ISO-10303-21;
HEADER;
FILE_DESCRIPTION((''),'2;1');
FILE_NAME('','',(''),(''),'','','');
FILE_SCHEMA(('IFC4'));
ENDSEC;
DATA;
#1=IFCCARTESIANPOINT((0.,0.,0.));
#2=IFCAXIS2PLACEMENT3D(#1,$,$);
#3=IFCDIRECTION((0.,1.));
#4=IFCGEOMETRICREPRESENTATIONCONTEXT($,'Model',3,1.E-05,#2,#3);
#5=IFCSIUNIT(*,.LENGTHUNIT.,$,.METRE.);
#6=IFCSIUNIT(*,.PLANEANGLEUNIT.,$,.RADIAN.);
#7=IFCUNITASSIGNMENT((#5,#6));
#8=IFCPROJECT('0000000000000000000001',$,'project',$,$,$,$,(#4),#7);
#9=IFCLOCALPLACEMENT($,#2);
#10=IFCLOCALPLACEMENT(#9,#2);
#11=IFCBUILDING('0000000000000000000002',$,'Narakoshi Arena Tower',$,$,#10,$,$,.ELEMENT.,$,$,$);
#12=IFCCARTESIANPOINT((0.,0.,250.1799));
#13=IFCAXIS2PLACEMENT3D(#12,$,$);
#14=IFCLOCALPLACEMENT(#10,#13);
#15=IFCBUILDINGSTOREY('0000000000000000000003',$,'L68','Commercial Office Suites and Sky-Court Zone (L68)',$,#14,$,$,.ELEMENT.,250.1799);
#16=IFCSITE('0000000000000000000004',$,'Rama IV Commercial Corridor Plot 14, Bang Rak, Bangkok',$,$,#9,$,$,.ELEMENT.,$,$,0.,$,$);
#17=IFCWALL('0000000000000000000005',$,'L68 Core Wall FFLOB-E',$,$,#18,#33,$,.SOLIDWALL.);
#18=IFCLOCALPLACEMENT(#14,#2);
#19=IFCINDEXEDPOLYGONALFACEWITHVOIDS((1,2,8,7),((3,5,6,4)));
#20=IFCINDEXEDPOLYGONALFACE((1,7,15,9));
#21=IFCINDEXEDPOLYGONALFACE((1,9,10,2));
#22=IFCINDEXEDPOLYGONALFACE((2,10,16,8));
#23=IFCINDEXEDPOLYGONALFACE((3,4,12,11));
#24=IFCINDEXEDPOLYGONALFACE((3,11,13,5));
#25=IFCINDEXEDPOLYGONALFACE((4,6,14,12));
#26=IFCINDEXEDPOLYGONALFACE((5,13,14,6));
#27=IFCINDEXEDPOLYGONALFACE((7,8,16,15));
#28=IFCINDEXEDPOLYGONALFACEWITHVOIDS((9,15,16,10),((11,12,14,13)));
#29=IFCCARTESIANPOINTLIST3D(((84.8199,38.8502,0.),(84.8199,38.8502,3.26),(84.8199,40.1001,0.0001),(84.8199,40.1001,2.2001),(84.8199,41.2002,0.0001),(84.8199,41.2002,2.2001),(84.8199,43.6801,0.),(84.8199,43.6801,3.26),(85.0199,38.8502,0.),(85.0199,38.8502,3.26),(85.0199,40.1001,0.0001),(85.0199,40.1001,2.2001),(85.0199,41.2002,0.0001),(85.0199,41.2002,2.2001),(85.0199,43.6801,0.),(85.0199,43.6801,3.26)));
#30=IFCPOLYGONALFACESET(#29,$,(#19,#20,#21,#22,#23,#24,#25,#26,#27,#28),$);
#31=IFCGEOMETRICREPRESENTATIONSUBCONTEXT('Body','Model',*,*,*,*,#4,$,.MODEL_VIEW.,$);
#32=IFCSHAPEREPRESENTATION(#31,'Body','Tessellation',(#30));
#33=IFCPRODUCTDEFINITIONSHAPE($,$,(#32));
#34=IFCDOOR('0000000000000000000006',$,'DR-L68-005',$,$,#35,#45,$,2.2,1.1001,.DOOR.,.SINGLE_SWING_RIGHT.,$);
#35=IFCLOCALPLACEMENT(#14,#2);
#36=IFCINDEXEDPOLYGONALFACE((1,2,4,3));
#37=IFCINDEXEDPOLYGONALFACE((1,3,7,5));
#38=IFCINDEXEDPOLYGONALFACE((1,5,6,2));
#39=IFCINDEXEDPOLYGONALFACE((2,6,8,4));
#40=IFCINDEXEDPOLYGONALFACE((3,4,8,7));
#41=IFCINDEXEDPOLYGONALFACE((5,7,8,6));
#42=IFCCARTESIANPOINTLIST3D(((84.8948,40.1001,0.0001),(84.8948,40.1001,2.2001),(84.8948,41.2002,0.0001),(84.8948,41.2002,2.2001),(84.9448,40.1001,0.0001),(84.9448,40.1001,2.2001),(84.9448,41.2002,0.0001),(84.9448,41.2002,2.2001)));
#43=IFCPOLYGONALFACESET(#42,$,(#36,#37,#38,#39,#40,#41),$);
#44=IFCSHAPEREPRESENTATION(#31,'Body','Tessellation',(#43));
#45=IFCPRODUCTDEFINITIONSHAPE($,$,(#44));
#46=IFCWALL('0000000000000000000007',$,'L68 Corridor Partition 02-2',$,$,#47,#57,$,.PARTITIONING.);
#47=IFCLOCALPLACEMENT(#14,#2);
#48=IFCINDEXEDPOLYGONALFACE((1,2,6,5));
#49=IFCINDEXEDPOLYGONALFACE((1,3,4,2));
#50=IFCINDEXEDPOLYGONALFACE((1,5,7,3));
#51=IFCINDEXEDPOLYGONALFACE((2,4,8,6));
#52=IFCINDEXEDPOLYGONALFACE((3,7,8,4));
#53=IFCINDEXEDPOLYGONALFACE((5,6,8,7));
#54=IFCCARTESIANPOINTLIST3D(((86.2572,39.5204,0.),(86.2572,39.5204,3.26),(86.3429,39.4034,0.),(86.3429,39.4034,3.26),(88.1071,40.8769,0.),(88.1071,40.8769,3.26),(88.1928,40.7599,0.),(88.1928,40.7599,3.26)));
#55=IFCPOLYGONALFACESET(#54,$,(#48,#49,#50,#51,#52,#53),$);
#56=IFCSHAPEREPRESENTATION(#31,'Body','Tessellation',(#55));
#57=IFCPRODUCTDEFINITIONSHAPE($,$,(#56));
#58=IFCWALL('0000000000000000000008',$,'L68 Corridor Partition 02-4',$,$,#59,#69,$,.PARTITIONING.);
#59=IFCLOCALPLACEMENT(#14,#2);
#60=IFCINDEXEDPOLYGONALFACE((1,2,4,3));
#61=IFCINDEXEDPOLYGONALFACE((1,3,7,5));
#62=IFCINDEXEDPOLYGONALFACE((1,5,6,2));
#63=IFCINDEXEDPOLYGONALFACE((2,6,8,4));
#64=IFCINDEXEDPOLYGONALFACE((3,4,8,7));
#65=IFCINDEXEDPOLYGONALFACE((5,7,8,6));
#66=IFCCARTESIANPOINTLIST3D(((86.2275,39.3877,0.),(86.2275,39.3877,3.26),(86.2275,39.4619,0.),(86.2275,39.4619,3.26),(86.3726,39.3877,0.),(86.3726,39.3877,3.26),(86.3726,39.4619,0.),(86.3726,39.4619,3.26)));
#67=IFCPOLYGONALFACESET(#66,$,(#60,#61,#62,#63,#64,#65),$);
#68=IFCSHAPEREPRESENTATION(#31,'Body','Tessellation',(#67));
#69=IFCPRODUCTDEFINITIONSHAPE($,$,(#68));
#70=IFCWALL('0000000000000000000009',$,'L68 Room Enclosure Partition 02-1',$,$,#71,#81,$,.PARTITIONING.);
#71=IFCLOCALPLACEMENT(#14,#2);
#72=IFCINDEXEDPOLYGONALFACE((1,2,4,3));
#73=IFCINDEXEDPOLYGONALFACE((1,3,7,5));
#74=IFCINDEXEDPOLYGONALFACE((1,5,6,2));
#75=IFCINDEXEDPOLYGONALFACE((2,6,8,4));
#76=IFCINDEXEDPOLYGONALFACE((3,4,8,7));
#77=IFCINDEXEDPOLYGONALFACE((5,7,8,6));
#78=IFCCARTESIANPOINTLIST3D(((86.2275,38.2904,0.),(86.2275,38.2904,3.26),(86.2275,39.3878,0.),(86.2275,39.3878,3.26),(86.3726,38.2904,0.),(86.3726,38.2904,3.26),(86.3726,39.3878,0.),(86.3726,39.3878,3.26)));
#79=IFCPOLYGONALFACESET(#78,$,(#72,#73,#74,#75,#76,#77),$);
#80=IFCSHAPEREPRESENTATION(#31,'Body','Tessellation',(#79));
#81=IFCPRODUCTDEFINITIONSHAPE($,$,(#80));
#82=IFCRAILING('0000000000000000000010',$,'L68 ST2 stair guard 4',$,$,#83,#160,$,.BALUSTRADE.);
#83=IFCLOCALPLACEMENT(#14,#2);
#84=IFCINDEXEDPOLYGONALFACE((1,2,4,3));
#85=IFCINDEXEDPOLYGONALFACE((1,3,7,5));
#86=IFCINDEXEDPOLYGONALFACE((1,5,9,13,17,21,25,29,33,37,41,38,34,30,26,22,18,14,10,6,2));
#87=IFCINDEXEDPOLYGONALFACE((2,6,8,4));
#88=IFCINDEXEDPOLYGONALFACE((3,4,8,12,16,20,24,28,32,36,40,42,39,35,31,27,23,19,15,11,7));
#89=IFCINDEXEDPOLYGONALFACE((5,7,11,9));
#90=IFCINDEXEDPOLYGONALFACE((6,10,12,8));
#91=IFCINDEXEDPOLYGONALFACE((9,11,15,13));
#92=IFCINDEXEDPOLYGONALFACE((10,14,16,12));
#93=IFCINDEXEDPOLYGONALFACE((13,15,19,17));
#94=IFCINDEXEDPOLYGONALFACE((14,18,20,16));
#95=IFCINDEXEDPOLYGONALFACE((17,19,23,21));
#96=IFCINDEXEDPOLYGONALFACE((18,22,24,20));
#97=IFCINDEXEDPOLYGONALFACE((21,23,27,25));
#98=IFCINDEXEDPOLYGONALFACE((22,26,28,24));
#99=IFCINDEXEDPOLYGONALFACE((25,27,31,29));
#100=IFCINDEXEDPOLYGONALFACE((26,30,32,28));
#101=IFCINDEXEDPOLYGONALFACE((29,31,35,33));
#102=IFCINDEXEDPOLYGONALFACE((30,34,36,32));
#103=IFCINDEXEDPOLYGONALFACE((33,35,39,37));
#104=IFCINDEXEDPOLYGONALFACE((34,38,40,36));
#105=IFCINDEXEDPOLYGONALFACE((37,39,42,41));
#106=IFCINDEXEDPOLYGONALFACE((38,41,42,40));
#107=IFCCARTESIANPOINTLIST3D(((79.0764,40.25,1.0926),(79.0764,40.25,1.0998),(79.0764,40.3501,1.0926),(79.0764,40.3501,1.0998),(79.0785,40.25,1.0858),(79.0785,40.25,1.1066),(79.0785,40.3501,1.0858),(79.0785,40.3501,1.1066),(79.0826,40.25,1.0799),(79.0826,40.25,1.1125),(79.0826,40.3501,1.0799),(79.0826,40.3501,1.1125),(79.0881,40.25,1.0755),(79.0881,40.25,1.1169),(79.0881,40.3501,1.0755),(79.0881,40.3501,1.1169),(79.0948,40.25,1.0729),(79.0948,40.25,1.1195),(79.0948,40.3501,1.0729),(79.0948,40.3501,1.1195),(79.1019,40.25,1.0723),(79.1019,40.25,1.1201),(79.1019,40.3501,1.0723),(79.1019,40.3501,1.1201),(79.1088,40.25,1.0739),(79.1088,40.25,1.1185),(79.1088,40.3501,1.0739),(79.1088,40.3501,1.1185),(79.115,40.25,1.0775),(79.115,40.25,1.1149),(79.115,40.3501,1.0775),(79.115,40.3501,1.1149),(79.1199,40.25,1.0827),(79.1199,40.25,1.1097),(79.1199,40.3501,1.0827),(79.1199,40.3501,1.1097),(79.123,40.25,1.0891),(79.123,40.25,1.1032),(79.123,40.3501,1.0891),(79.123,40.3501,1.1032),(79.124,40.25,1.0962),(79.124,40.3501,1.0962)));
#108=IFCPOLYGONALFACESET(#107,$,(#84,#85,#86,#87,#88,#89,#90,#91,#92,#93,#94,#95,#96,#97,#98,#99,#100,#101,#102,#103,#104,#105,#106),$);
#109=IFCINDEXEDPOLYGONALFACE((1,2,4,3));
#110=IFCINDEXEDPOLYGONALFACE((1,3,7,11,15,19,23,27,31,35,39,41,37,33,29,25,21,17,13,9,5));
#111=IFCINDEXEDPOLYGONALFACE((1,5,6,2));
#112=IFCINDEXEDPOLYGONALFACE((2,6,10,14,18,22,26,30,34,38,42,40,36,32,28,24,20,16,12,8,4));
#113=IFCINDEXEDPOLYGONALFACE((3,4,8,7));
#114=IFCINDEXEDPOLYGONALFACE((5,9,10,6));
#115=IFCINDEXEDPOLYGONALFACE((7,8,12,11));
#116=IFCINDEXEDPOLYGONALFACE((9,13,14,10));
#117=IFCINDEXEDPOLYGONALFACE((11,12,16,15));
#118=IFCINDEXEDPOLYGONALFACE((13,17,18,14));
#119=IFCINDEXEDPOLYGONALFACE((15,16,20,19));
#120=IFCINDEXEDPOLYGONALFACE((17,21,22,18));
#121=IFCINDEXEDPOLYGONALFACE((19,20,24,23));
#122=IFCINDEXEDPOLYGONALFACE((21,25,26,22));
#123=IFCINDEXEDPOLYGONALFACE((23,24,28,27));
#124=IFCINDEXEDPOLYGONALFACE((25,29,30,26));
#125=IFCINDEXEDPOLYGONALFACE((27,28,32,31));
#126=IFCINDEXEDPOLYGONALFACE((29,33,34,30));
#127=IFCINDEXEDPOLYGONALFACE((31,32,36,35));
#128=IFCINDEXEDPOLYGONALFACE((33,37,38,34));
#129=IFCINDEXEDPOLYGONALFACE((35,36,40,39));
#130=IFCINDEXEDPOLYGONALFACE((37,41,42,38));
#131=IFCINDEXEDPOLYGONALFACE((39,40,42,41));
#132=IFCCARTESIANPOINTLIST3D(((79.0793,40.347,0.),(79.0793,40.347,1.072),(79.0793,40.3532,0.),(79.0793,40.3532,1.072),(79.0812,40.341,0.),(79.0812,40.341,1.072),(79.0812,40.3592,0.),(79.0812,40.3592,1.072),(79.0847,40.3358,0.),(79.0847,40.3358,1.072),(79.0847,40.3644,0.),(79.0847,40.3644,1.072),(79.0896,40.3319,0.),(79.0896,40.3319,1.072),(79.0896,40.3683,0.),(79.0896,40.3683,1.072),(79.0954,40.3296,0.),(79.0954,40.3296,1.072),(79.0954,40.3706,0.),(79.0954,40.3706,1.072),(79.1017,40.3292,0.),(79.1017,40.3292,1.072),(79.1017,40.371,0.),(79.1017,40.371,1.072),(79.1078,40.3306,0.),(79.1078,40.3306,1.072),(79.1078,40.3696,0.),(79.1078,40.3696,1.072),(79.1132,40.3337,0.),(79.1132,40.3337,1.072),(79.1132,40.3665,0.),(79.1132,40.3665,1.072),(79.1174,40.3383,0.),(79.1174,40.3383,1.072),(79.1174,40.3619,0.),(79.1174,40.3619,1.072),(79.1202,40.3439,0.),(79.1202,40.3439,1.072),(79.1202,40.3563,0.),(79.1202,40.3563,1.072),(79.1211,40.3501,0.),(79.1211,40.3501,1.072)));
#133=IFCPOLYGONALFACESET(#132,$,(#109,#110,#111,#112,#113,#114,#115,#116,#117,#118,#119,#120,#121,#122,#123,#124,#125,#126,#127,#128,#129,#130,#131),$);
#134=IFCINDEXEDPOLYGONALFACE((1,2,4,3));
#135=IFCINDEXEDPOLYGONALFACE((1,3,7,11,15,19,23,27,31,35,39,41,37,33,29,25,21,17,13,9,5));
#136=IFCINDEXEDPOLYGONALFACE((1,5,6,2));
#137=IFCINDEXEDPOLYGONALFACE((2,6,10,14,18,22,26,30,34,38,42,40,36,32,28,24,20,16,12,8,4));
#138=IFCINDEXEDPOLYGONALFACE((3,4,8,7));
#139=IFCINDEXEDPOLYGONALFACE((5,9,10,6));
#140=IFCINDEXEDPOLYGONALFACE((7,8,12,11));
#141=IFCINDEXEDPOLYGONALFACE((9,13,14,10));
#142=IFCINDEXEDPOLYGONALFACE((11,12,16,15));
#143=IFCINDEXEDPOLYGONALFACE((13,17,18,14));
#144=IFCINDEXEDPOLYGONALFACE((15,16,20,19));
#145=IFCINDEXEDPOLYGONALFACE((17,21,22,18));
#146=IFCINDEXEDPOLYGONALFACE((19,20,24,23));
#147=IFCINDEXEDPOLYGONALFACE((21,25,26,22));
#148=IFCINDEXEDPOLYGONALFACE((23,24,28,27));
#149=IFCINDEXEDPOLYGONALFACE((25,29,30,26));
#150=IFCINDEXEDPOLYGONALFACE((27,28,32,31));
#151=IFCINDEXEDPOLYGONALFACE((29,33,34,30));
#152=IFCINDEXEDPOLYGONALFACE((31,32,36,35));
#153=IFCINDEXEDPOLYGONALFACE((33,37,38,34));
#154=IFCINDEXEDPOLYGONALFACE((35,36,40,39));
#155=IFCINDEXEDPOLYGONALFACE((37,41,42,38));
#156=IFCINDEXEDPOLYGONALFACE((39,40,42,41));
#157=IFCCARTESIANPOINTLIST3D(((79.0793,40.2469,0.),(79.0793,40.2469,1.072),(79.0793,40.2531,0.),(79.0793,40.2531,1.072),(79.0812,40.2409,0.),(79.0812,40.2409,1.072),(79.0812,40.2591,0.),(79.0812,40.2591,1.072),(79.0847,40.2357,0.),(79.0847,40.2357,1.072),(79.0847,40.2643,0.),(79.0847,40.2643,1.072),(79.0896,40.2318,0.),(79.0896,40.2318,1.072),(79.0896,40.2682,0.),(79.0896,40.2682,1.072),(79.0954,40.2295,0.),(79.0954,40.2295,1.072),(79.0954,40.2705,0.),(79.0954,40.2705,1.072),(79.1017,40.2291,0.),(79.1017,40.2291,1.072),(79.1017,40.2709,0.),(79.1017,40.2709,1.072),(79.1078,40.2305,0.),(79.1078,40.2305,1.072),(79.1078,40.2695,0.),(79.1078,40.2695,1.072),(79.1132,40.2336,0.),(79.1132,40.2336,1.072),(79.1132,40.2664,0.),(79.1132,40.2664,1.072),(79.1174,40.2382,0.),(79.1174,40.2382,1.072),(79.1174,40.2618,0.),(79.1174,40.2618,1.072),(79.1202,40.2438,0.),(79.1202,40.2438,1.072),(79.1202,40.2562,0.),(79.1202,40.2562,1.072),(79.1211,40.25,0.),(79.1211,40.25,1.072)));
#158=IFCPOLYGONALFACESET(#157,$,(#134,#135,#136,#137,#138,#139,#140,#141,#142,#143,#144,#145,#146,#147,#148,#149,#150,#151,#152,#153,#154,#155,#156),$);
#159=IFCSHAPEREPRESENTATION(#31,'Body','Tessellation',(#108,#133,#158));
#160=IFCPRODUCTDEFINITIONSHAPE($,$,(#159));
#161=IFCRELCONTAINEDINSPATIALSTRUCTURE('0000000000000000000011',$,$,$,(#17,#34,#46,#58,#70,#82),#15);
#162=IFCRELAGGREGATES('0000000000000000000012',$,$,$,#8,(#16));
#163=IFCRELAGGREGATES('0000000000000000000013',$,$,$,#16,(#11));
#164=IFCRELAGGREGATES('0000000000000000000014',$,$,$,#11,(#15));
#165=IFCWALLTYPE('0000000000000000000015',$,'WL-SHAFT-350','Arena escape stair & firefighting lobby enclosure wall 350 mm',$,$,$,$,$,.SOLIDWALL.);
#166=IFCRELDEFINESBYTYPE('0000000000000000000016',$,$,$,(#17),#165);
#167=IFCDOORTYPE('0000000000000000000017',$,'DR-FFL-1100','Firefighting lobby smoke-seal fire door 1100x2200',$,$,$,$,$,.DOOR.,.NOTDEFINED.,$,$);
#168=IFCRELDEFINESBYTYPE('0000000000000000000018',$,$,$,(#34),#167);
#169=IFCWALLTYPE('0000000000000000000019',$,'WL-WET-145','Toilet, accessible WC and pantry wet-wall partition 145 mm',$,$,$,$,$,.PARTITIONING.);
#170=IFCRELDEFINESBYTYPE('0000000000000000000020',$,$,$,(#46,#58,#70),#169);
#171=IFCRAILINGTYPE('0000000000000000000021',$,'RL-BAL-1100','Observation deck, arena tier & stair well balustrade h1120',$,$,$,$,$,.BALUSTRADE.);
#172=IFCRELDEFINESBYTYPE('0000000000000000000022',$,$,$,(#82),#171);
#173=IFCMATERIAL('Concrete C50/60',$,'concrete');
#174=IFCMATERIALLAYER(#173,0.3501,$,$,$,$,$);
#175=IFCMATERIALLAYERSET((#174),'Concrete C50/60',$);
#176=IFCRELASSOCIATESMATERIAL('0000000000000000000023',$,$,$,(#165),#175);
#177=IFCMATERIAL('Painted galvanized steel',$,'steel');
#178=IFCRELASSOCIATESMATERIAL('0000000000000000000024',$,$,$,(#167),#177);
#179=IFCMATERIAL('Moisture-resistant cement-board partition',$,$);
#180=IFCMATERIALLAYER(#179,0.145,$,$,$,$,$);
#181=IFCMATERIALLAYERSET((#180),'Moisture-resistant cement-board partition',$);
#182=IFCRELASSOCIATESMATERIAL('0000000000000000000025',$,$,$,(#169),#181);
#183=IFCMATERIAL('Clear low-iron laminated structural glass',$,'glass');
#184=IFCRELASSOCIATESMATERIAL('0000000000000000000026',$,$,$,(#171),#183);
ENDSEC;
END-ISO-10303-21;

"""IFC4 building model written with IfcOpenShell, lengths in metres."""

from ifc_helpers import new_model, si_unit, direction, frame, frame_2d, origin, origin_2d, place, context, subcontext, project, spatial, rectangle, circle, extrude, material, layer, layer_set, type_object, element, fill, save


model = new_model("IFC4")

# Units and contexts
model_context = context("Model", 3, precision=1e-05, world=origin(), true_north=direction((0.0, 1.0)))
body_context = subcontext(model_context, "Body", "Model", "MODEL_VIEW")
ifc_project = project(units=[si_unit("LENGTHUNIT", "METRE"), si_unit("PLANEANGLEUNIT", "RADIAN")], contexts=[model_context])

# Site, building, storey
site_placement = place(None, origin())
site = spatial("IfcSite", under=ifc_project, at=site_placement, Name="Rama IV Commercial Corridor Plot 14, Bang Rak, Bangkok", CompositionType="ELEMENT", RefElevation=0.0)
building_placement = place(site_placement, origin())
building = spatial("IfcBuilding", under=site, at=building_placement, Name="Narakoshi Arena Tower", CompositionType="ELEMENT")
storey_placement = place(building_placement, frame((0.0, 0.0, 250.1799)))
storey = spatial("IfcBuildingStorey", under=building, at=storey_placement, Name="L68", Description="Commercial Office Suites and Sky-Court Zone (L68)", CompositionType="ELEMENT", Elevation=250.1799)

# Shared definitions
ifc_material_1 = material(Name="Concrete C50/60", Category="concrete")
ifc_layer_1 = layer(ifc_material_1, 0.3501)
ifc_layer_set_1 = layer_set([ifc_layer_1], Name="Concrete C50/60")
wall_type_1 = type_object("IfcWallType", Name="WL-SHAFT-350", Description="Arena escape stair & firefighting lobby enclosure wall 350 mm", PredefinedType="SOLIDWALL", material=ifc_layer_set_1)

# Shared definitions
ifc_material_2 = material(Name="Painted galvanized steel", Category="steel")

# Wall, opening, door
wall_1_placement = place(storey_placement, frame((84.9199, 38.8501, 0.0), z_axis=(0.0, 0.0, 1.0), x_axis=(0.0, 1.0, 0.0)))
wall_1 = element("IfcWall", 1, at=wall_1_placement, inside=storey, type_object=wall_type_1, Name="L68 Core Wall FFLOB-E", PredefinedType="SOLIDWALL", context=body_context, shape_type="SweptSolid", body=[
    extrude(rectangle(XDim=4.8298, YDim=0.2, at=frame_2d((2.415, 0.0))), origin(), (0.0, 0.0, 1.0), 3.26),
])
opening_1_placement = place(wall_1_placement, frame((1.25, 0.0, 0.0)))
opening_1 = element("IfcOpeningElement", 2, at=opening_1_placement, cuts=wall_1, PredefinedType="OPENING", context=body_context, shape_type="SweptSolid", body=[
    extrude(rectangle(XDim=1.1001, YDim=2.2, at=frame_2d((0.55, 1.1001))), frame((0.0, 0.1099, 0.0), z_axis=(0.0, -1.0, 0.0), x_axis=(1.0, 0.0, 0.0)), (0.0, 0.0, 1.0), 0.22),
])
door_type_1 = type_object("IfcDoorType", Name="DR-FFL-1100", Description="Firefighting lobby smoke-seal fire door 1100x2200", OperationType="NOTDEFINED", PredefinedType="DOOR", material=ifc_material_2)
door_1_placement = place(opening_1_placement, frame((1.1001, 0.0, 0.0), z_axis=(0.0, 0.0, 1.0), x_axis=(-1.0, 0.0, 0.0)))
door_1 = element("IfcDoor", 3, at=door_1_placement, inside=storey, type_object=door_type_1, Name="DR-L68-005", OperationType="SINGLE_SWING_RIGHT", OverallHeight=2.2, OverallWidth=1.1001, PredefinedType="DOOR", context=body_context, shape_type="SweptSolid", body=[
    extrude(rectangle(XDim=1.1001, YDim=2.2, at=frame_2d((0.55, 1.1001))), frame((0.0, 0.0249, 0.0), z_axis=(0.0, -1.0, 0.0), x_axis=(1.0, 0.0, 0.0)), (0.0, 0.0, 1.0), 0.05),
])
fill(opening_1, door_1)

# Walls
ifc_material_3 = material(Name="Moisture-resistant cement-board partition")
ifc_layer_2 = layer(ifc_material_3, 0.145)
ifc_layer_set_2 = layer_set([ifc_layer_2], Name="Moisture-resistant cement-board partition")
wall_type_2 = type_object("IfcWallType", Name="WL-WET-145", Description="Toilet, accessible WC and pantry wet-wall partition 145 mm", PredefinedType="PARTITIONING", material=ifc_layer_set_2)
wall_2_placement = place(storey_placement, frame((86.3, 39.4619, 0.0), z_axis=(0.0, 0.0, 1.0), x_axis=(0.806429, 0.591331, 0.0)))
element("IfcWall", 4, at=wall_2_placement, inside=storey, type_object=wall_type_2, Name="L68 Corridor Partition 02-2", PredefinedType="PARTITIONING", context=body_context, shape_type="SweptSolid", body=[
    extrude(rectangle(XDim=2.2939, YDim=0.145, at=frame_2d((1.147, 0.0))), origin(), (0.0, 0.0, 1.0), 3.26),
])
wall_3_placement = place(storey_placement, frame((86.3, 39.3877, 0.0), z_axis=(0.0, 0.0, 1.0), x_axis=(0.0, 1.0, 0.0)))
element("IfcWall", 5, at=wall_3_placement, inside=storey, type_object=wall_type_2, Name="L68 Corridor Partition 02-4", PredefinedType="PARTITIONING", context=body_context, shape_type="SweptSolid", body=[
    extrude(rectangle(XDim=0.0742, YDim=0.145, at=frame_2d((0.0371, 0.0))), origin(), (0.0, 0.0, 1.0), 3.26),
])
wall_4_placement = place(storey_placement, frame((86.3, 38.2903, 0.0), z_axis=(0.0, 0.0, 1.0), x_axis=(0.0, 1.0, 0.0)))
element("IfcWall", 6, at=wall_4_placement, inside=storey, type_object=wall_type_2, Name="L68 Room Enclosure Partition 02-1", PredefinedType="PARTITIONING", context=body_context, shape_type="SweptSolid", body=[
    extrude(rectangle(XDim=1.0974, YDim=0.145, at=frame_2d((0.5488, 0.0))), origin(), (0.0, 0.0, 1.0), 3.26),
])

# Railing
ifc_material_4 = material(Name="Clear low-iron laminated structural glass", Category="glass")
railing_type = type_object("IfcRailingType", Name="RL-BAL-1100", Description="Observation deck, arena tier & stair well balustrade h1120", PredefinedType="BALUSTRADE", material=ifc_material_4)
railing_placement = place(storey_placement, frame((79.1001, 40.3501, 0.0)))
element("IfcRailing", 7, at=railing_placement, inside=storey, type_object=railing_type, Name="L68 ST2 stair guard 4", PredefinedType="BALUSTRADE", context=body_context, shape_type="SweptSolid", body=[
    extrude(circle(Radius=0.0239, at=origin_2d()), frame((0.0, 0.0, 1.0962), z_axis=(0.0, -1.0, 0.0), x_axis=(1.0, 0.0, 0.0)), (0.0, 0.0, 1.0), 0.1001),
    extrude(circle(Radius=0.021, at=origin_2d()), origin(), (0.0, 0.0, 1.0), 1.072),
    extrude(circle(Radius=0.021, at=origin_2d()), frame((0.0, -0.1001, 0.0)), (0.0, 0.0, 1.0), 1.072),
])

save(model, "model.ifc")
